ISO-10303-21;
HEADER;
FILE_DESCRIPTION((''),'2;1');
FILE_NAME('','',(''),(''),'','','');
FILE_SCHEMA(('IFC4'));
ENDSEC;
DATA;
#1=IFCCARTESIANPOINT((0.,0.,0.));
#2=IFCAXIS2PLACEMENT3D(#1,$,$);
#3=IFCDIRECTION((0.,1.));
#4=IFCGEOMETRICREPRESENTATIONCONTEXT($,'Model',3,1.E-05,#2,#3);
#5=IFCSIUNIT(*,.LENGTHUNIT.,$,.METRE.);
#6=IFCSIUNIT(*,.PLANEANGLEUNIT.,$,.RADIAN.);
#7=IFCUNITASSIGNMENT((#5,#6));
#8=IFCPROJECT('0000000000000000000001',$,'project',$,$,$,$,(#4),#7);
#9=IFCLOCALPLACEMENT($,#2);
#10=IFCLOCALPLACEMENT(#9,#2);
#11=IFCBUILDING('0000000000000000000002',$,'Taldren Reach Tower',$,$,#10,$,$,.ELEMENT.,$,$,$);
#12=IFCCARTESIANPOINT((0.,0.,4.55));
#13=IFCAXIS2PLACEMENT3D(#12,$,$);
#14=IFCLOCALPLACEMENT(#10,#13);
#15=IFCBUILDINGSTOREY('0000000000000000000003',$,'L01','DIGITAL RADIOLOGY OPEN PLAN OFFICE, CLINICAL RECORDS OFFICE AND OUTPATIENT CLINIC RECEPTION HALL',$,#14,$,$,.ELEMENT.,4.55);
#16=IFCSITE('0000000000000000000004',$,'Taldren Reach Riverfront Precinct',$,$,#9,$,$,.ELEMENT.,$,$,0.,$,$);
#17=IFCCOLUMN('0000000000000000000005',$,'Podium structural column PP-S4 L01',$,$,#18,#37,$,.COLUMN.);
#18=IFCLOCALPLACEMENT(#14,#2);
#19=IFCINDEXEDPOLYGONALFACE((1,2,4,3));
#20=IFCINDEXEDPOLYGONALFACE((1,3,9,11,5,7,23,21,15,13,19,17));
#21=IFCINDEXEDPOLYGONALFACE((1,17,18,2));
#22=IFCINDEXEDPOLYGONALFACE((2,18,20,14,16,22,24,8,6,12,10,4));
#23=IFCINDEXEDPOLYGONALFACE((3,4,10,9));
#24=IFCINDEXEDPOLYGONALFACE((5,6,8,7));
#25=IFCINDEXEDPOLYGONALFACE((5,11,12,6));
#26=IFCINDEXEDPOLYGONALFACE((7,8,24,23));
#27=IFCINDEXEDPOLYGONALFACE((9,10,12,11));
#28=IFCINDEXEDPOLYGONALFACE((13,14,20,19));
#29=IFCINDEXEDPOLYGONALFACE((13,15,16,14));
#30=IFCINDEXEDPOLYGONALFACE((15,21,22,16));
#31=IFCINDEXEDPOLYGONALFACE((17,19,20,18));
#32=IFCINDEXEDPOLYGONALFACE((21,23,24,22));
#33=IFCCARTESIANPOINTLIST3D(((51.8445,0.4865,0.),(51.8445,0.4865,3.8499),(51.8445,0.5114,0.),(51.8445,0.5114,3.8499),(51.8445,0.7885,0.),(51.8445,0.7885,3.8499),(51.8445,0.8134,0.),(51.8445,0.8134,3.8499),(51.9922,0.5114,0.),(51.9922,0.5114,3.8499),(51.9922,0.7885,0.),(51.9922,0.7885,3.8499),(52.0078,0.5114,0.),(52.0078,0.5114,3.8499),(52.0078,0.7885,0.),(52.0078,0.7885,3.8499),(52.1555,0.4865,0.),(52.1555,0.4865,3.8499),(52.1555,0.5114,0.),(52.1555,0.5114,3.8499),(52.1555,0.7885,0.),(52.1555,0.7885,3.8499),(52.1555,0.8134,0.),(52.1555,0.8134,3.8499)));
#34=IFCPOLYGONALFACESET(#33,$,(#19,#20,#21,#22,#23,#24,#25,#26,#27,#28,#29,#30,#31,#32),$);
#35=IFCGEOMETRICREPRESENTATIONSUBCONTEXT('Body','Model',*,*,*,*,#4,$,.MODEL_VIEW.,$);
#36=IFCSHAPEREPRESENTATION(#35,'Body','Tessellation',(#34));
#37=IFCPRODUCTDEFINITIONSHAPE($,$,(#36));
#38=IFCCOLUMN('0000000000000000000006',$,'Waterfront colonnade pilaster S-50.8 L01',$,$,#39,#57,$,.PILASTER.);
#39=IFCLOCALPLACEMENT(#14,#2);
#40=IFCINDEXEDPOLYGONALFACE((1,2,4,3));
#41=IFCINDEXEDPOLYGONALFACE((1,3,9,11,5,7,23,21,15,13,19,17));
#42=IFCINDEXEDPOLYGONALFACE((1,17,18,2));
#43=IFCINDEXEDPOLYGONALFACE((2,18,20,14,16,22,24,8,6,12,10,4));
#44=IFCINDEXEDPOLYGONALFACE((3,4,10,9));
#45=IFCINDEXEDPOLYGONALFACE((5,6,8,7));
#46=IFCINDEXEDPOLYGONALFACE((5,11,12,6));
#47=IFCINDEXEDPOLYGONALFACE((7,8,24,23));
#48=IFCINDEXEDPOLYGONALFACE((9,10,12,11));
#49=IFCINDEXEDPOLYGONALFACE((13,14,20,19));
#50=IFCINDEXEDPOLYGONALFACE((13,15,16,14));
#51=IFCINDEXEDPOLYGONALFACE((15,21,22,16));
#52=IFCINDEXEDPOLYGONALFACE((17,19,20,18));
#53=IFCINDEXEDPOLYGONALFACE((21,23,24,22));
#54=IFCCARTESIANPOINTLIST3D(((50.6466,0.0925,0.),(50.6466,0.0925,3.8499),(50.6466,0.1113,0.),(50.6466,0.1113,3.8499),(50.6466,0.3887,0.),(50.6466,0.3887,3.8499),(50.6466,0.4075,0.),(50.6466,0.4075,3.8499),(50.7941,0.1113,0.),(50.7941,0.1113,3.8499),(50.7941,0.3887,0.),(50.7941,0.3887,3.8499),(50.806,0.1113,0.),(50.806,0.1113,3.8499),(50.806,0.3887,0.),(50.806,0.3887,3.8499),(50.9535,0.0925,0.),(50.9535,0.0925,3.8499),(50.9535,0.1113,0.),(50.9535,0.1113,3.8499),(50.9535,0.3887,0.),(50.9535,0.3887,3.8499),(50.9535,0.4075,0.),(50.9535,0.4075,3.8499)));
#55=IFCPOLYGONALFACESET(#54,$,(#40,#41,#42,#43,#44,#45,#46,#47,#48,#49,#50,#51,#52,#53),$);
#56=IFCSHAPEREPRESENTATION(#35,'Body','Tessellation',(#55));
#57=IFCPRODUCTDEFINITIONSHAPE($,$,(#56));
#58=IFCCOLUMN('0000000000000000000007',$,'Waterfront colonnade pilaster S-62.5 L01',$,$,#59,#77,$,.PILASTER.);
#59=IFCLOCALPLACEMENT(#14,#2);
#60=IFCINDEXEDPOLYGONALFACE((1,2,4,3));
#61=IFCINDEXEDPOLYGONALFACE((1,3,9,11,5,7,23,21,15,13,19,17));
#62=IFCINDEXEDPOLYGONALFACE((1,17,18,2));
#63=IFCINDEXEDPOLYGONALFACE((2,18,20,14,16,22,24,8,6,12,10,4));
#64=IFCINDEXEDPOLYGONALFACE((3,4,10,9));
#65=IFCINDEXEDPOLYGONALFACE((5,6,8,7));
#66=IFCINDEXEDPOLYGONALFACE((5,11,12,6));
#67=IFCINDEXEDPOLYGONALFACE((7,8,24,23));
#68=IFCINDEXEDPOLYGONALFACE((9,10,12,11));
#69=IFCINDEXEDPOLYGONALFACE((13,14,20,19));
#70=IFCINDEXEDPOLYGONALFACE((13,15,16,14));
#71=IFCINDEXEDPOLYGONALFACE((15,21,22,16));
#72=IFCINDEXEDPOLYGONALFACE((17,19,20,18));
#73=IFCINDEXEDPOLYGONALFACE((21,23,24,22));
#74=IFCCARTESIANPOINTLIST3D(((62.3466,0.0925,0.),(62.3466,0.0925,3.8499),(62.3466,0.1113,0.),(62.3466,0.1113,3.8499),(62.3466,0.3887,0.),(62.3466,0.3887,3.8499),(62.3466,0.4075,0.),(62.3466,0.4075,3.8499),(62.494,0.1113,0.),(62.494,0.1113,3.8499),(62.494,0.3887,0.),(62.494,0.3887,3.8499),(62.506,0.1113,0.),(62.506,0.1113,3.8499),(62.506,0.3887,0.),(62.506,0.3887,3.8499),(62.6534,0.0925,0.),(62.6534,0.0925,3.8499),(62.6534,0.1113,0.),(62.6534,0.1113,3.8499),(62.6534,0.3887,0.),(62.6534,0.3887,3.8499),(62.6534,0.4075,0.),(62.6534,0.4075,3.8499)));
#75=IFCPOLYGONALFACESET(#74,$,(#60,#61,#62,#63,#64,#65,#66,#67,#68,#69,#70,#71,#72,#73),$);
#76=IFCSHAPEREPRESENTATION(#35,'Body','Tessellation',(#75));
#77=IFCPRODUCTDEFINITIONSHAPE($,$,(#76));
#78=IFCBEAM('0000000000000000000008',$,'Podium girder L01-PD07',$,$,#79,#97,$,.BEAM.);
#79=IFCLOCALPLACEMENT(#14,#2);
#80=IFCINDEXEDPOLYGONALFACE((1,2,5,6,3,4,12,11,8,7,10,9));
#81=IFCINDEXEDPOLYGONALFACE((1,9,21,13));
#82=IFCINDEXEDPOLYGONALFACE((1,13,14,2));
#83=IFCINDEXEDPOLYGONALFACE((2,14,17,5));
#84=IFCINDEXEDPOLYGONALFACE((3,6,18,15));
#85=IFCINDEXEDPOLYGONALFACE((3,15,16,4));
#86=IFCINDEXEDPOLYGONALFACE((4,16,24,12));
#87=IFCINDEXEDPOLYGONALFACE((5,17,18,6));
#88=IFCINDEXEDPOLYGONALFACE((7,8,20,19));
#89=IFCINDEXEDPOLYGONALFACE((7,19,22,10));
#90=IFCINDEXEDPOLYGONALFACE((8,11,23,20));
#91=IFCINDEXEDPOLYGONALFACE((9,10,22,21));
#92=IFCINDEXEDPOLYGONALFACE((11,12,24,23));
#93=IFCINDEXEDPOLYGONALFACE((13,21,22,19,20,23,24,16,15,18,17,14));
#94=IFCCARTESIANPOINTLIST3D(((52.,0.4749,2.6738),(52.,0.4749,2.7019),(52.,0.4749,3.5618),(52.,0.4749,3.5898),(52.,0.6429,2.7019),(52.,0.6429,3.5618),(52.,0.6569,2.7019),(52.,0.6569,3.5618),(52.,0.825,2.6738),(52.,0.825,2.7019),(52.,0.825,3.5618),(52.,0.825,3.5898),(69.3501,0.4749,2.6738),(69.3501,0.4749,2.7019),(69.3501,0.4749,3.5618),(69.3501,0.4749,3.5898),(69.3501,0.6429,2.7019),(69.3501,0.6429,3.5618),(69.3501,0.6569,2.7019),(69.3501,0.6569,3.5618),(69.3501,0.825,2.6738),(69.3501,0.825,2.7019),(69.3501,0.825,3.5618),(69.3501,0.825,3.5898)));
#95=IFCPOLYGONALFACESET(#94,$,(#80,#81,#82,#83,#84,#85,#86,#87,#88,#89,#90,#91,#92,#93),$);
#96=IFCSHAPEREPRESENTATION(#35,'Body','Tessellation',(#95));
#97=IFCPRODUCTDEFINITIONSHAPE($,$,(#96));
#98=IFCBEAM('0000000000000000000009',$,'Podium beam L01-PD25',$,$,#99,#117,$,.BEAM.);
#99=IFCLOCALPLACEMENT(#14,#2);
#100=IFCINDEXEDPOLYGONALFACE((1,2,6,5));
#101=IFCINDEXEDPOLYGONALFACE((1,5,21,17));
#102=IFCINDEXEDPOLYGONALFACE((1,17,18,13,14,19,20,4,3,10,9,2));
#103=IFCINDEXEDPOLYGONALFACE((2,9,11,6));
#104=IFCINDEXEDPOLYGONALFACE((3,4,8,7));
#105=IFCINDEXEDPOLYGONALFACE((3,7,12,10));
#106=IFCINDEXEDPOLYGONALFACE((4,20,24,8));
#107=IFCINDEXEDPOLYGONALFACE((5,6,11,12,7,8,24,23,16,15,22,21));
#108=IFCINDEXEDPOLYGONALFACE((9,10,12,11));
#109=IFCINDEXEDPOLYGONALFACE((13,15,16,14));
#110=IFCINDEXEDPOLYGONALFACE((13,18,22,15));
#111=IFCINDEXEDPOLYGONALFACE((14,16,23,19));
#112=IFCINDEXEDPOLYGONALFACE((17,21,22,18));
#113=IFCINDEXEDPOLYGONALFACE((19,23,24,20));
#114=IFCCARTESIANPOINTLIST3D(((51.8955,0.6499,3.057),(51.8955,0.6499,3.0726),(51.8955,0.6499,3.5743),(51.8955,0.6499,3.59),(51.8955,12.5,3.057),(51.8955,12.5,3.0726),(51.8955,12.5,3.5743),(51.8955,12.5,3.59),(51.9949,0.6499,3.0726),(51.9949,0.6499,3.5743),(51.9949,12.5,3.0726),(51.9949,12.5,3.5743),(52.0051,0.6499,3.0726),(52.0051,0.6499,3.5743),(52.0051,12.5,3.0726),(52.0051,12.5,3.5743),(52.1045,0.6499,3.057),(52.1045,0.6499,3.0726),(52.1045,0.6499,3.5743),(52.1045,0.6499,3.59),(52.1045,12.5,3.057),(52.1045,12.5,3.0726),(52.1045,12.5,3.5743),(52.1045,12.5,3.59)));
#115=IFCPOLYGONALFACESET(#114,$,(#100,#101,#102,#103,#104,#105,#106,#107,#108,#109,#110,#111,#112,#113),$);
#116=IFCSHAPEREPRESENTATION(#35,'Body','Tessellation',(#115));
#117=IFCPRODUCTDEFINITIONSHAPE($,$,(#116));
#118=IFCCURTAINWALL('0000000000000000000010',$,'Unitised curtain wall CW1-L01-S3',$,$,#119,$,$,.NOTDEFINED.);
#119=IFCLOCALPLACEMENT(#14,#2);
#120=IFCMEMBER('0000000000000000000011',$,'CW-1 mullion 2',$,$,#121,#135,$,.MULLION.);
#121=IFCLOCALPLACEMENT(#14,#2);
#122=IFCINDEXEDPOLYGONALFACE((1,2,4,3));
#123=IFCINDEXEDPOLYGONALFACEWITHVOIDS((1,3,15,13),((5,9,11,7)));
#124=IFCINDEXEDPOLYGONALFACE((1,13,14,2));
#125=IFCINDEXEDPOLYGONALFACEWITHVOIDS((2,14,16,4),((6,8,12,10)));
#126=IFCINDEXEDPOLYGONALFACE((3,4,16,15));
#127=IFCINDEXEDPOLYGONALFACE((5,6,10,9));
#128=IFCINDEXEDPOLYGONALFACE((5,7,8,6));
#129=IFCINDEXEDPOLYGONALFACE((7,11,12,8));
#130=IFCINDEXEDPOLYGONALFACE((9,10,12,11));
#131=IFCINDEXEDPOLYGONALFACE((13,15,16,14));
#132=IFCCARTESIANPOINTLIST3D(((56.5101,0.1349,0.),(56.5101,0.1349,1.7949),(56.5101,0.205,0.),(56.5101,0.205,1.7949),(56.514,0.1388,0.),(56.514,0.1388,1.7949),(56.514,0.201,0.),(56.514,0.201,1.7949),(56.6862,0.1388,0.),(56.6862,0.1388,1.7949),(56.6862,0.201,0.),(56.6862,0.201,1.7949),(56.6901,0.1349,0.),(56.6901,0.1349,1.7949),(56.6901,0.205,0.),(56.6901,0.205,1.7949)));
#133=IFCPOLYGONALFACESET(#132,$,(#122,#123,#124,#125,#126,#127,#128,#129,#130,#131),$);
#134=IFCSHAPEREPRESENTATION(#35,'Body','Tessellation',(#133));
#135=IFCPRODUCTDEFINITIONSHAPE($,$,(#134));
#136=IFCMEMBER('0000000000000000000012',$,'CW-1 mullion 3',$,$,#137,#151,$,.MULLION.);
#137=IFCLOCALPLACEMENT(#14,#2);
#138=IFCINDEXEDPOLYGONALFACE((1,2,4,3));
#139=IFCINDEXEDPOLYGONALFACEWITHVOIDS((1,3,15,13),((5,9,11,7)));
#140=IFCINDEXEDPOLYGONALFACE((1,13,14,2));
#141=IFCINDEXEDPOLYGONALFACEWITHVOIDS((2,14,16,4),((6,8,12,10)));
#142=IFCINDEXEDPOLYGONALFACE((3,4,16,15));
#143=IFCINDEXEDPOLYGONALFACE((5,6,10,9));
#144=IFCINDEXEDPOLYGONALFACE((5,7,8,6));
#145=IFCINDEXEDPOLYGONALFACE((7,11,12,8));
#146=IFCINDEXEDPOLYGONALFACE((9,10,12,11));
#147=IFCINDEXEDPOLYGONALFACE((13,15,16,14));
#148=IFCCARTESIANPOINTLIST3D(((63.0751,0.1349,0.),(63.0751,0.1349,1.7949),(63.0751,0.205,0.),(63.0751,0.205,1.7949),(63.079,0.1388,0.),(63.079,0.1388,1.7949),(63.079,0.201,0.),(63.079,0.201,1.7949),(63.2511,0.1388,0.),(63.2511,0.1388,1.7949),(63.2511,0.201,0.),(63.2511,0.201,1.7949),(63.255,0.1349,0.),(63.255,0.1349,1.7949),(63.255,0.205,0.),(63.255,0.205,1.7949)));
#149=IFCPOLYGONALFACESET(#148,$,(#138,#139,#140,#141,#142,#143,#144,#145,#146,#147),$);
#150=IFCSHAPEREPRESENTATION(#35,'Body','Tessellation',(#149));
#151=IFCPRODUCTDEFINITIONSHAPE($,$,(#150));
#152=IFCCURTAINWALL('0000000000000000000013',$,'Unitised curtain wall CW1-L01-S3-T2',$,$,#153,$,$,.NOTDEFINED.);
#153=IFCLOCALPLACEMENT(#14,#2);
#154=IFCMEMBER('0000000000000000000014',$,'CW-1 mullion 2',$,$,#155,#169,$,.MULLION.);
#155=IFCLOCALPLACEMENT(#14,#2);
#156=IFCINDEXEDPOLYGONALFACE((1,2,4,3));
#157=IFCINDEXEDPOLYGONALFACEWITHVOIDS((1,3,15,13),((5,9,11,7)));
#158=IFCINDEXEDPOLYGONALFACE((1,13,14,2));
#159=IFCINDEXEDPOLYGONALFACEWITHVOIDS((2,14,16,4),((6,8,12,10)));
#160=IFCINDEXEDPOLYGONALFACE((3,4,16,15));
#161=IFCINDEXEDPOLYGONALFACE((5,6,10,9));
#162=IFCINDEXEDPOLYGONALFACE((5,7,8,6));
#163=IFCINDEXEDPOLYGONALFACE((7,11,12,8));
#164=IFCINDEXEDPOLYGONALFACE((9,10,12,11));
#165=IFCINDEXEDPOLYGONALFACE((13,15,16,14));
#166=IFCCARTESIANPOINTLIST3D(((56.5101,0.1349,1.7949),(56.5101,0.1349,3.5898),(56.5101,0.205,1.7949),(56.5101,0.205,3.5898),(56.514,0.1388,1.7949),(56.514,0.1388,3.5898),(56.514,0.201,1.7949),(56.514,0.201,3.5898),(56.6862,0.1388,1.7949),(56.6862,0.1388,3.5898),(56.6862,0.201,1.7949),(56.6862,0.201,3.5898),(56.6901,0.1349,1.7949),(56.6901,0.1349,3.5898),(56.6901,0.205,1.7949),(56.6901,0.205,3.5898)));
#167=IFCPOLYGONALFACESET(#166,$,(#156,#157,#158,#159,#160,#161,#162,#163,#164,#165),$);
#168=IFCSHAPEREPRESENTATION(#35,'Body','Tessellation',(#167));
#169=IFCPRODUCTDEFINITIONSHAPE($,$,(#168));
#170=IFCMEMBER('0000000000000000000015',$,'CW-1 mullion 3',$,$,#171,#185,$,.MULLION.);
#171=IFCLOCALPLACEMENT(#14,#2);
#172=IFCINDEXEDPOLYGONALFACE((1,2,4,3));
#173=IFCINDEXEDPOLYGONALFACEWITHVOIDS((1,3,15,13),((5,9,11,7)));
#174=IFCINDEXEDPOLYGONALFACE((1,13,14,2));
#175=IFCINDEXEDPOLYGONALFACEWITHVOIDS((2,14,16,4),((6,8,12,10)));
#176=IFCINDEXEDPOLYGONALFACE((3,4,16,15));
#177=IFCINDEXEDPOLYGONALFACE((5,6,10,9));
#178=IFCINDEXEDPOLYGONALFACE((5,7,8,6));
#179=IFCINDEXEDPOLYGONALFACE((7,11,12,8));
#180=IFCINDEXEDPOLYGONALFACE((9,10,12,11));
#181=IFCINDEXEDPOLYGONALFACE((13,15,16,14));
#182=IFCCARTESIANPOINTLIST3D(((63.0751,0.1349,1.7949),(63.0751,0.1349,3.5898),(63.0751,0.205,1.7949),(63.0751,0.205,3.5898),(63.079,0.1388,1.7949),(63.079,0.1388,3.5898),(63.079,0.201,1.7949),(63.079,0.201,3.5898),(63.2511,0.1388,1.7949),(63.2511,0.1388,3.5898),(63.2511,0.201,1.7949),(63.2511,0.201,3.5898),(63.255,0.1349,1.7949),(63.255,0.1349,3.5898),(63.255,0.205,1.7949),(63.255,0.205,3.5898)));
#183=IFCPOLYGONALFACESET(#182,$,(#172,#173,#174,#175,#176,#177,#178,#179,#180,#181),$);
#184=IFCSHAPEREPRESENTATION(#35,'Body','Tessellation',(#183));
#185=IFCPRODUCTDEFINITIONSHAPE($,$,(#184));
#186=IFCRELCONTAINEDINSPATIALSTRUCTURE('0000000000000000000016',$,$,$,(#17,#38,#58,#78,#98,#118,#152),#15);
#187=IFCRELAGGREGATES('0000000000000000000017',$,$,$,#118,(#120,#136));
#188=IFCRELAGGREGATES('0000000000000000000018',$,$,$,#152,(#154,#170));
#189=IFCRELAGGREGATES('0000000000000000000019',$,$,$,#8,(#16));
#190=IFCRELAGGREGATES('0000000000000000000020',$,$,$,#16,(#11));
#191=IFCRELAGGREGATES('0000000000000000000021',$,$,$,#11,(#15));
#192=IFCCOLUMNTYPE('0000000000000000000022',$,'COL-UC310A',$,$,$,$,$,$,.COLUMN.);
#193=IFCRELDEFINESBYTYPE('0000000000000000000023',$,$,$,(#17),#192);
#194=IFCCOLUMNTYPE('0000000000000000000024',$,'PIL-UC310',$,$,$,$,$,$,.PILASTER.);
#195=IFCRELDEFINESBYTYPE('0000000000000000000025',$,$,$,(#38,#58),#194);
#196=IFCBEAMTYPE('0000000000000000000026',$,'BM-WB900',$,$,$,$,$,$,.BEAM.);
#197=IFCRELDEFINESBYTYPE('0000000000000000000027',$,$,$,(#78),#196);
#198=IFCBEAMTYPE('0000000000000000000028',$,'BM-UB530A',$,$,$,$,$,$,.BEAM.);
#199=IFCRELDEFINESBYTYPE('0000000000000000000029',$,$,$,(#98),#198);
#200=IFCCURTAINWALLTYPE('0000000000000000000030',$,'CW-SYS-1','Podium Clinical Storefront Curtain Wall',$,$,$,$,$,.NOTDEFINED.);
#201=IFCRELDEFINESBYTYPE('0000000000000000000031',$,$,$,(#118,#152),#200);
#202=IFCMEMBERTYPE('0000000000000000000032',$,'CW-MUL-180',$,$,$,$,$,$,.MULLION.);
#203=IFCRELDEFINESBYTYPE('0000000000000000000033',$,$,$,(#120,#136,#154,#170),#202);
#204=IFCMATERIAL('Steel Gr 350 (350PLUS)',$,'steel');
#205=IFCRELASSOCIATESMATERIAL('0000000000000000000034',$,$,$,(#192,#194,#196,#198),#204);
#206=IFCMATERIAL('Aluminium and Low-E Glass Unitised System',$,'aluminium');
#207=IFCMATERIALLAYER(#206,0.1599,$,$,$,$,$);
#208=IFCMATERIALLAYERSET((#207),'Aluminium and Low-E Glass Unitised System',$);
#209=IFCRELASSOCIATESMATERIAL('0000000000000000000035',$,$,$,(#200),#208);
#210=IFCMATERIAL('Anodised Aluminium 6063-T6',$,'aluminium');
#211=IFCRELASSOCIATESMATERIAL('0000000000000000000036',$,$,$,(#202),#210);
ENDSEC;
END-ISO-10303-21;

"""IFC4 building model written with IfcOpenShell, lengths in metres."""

from ifc_helpers import new_model, si_unit, direction, frame, origin, origin_2d, place, context, subcontext, project, spatial, hollow_rectangle, i_section, extrude, source, transform, mapped, material, layer, layer_set, material_profile, profile_set, type_object, element, aggregate, save


model = new_model("IFC4")

# Units and contexts
model_context = context("Model", 3, precision=1e-05, world=origin(), true_north=direction((0.0, 1.0)))
body_context = subcontext(model_context, "Body", "Model", "MODEL_VIEW")
ifc_project = project(units=[si_unit("LENGTHUNIT", "METRE"), si_unit("PLANEANGLEUNIT", "RADIAN")], contexts=[model_context])

# Site, building, storey
site_placement = place(None, origin())
site = spatial("IfcSite", under=ifc_project, at=site_placement, Name="Taldren Reach Riverfront Precinct", CompositionType="ELEMENT", RefElevation=0.0)
building_placement = place(site_placement, origin())
building = spatial("IfcBuilding", under=site, at=building_placement, Name="Taldren Reach Tower", CompositionType="ELEMENT")
storey_placement = place(building_placement, frame((0.0, 0.0, 4.55)))
storey = spatial("IfcBuildingStorey", under=building, at=storey_placement, Name="L01", Description="DIGITAL RADIOLOGY OPEN PLAN OFFICE, CLINICAL RECORDS OFFICE AND OUTPATIENT CLINIC RECEPTION HALL", CompositionType="ELEMENT", Elevation=4.55)

# Columns
ifc_material_1 = material(Name="Steel Gr 350 (350PLUS)", Category="steel")
ifc_material_profile_1 = material_profile(ifc_material_1, i_section(OverallWidth=0.311, OverallDepth=0.3269, WebThickness=0.0156, FlangeThickness=0.0249, at=origin_2d()), Name="310UC158")
ifc_profile_set_1 = profile_set([ifc_material_profile_1], Name="Steel Gr 350 (350PLUS)")
column_type_1 = type_object("IfcColumnType", Name="COL-UC310A", PredefinedType="COLUMN", material=ifc_profile_set_1)
shared_shape_1 = source(origin(), body_context, "Body", "SweptSolid", [
    extrude(i_section(OverallWidth=0.311, OverallDepth=0.3269, WebThickness=0.0156, FlangeThickness=0.0249, at=origin_2d()), origin(), (0.0, 0.0, 1.0), 3.8499),
])
column_placement = place(storey_placement, frame((52.0, 0.6499, 0.0), z_axis=(0.0, 0.0, 1.0), x_axis=(1.0, 0.0, 0.0)))
element("IfcColumn", 1, at=column_placement, inside=storey, type_object=column_type_1, Name="Podium structural column PP-S4 L01", PredefinedType="COLUMN", context=body_context, shape_type="MappedRepresentation", body=[
    mapped(shared_shape_1, transform((0.0, 0.0, 0.0), scale=1.0)),
])
ifc_material_profile_2 = material_profile(ifc_material_1, i_section(OverallWidth=0.3069, OverallDepth=0.3149, WebThickness=0.012, FlangeThickness=0.0188, at=origin_2d()), Name="310UC118")
ifc_profile_set_2 = profile_set([ifc_material_profile_2], Name="Steel Gr 350 (350PLUS)")
column_type_2 = type_object("IfcColumnType", Name="PIL-UC310", PredefinedType="PILASTER", material=ifc_profile_set_2)
shared_shape_2 = source(origin(), body_context, "Body", "SweptSolid", [
    extrude(i_section(OverallWidth=0.3069, OverallDepth=0.3149, WebThickness=0.012, FlangeThickness=0.0188, at=origin_2d()), origin(), (0.0, 0.0, 1.0), 3.8499),
])
for number, where, z_axis, x_axis, name in (
    (2, (50.8, 0.25, 0.0), (0.0, 0.0, 1.0), (1.0, 0.0, 0.0), "Waterfront colonnade pilaster S-50.8 L01"),
    (3, (62.5, 0.25, 0.0), (0.0, 0.0, 1.0), (1.0, 0.0, 0.0), "Waterfront colonnade pilaster S-62.5 L01"),
):
    element("IfcColumn", number, at=place(storey_placement, frame(where, z_axis=z_axis, x_axis=x_axis)), inside=storey, type_object=column_type_2, Name=name, PredefinedType="PILASTER", context=body_context, shape_type="MappedRepresentation", body=[
        mapped(shared_shape_2, transform((0.0, 0.0, 0.0), scale=1.0)),
    ])

# Beams
ifc_material_profile_3 = material_profile(ifc_material_1, i_section(OverallWidth=0.3501, OverallDepth=0.916, WebThickness=0.0139, FlangeThickness=0.0281, at=origin_2d()), Name="900WB257")
ifc_profile_set_3 = profile_set([ifc_material_profile_3], Name="Steel Gr 350 (350PLUS)")
beam_type_1 = type_object("IfcBeamType", Name="BM-WB900", PredefinedType="BEAM", material=ifc_profile_set_3)
shared_shape_3 = source(origin(), body_context, "Body", "SweptSolid", [
    extrude(i_section(OverallWidth=0.3501, OverallDepth=0.916, WebThickness=0.0139, FlangeThickness=0.0281, at=origin_2d()), origin(), (0.0, 0.0, 1.0), 17.3501),
])
beam_1_placement = place(storey_placement, frame((52.0, 0.6499, 3.1318), z_axis=(1.0, 0.0, 0.0), x_axis=(0.0, 1.0, 0.0)))
element("IfcBeam", 4, at=beam_1_placement, inside=storey, type_object=beam_type_1, Name="Podium girder L01-PD07", PredefinedType="BEAM", context=body_context, shape_type="MappedRepresentation", body=[
    mapped(shared_shape_3, transform((0.0, 0.0, 0.0), scale=1.0)),
])
ifc_material_profile_4 = material_profile(ifc_material_1, i_section(OverallWidth=0.209, OverallDepth=0.533, WebThickness=0.0103, FlangeThickness=0.0156, at=origin_2d()), Name="530UB92.4")
ifc_profile_set_4 = profile_set([ifc_material_profile_4], Name="Steel Gr 350 (350PLUS)")
beam_type_2 = type_object("IfcBeamType", Name="BM-UB530A", PredefinedType="BEAM", material=ifc_profile_set_4)
shared_shape_4 = source(origin(), body_context, "Body", "SweptSolid", [
    extrude(i_section(OverallWidth=0.209, OverallDepth=0.533, WebThickness=0.0103, FlangeThickness=0.0156, at=origin_2d()), origin(), (0.0, 0.0, 1.0), 11.8501),
])
beam_2_placement = place(storey_placement, frame((52.0, 0.6499, 3.3235), z_axis=(0.0, 1.0, 0.0), x_axis=(-1.0, 0.0, 0.0)))
element("IfcBeam", 5, at=beam_2_placement, inside=storey, type_object=beam_type_2, Name="Podium beam L01-PD25", PredefinedType="BEAM", context=body_context, shape_type="MappedRepresentation", body=[
    mapped(shared_shape_4, transform((0.0, 0.0, 0.0), scale=1.0)),
])

# Curtain walls, members
ifc_material_2 = material(Name="Aluminium and Low-E Glass Unitised System", Category="aluminium")
ifc_layer_1 = layer(ifc_material_2, 0.1599)
ifc_layer_set_1 = layer_set([ifc_layer_1], Name="Aluminium and Low-E Glass Unitised System")
curtain_wall_type = type_object("IfcCurtainWallType", Name="CW-SYS-1", Description="Podium Clinical Storefront Curtain Wall", PredefinedType="NOTDEFINED", material=ifc_layer_set_1)
curtain_wall_1_placement = place(storey_placement, origin())
curtain_wall_1 = element("IfcCurtainWall", 6, at=curtain_wall_1_placement, inside=storey, type_object=curtain_wall_type, Name="Unitised curtain wall CW1-L01-S3", PredefinedType="NOTDEFINED")
ifc_material_3 = material(Name="Anodised Aluminium 6063-T6", Category="aluminium")
ifc_material_profile_5 = material_profile(ifc_material_3, hollow_rectangle(XDim=0.0701, YDim=0.1799, WallThickness=0.0039, at=origin_2d()), Name="ALU-180x70x4RHS")
ifc_profile_set_5 = profile_set([ifc_material_profile_5], Name="Anodised Aluminium 6063-T6")
member_type_1 = type_object("IfcMemberType", Name="CW-MUL-180", PredefinedType="MULLION", material=ifc_profile_set_5)
shared_shape_5 = source(origin(), body_context, "Body", "SweptSolid", [
    extrude(hollow_rectangle(XDim=0.0701, YDim=0.1799, WallThickness=0.0039, at=origin_2d()), origin(), (0.0, 0.0, 1.0), 1.7949),
])
member_1_placement = place(storey_placement, frame((56.6001, 0.1699, 0.0), z_axis=(0.0, 0.0, 1.0), x_axis=(0.0, 1.0, 0.0)))
member_1 = element("IfcMember", 7, at=member_1_placement, type_object=member_type_1, Name="CW-1 mullion 2", PredefinedType="MULLION", context=body_context, shape_type="MappedRepresentation", body=[
    mapped(shared_shape_5, transform((0.0, 0.0, 0.0), scale=1.0)),
])
member_2_placement = place(storey_placement, frame((63.165, 0.1699, 0.0), z_axis=(0.0, 0.0, 1.0), x_axis=(0.0, 1.0, 0.0)))
member_2 = element("IfcMember", 8, at=member_2_placement, type_object=member_type_1, Name="CW-1 mullion 3", PredefinedType="MULLION", context=body_context, shape_type="MappedRepresentation", body=[
    mapped(shared_shape_5, transform((0.0, 0.0, 0.0), scale=1.0)),
])
curtain_wall_2_placement = place(storey_placement, origin())
curtain_wall_2 = element("IfcCurtainWall", 9, at=curtain_wall_2_placement, inside=storey, type_object=curtain_wall_type, Name="Unitised curtain wall CW1-L01-S3-T2", PredefinedType="NOTDEFINED")
member_3_placement = place(storey_placement, frame((56.6001, 0.1699, 1.7949), z_axis=(0.0, 0.0, 1.0), x_axis=(0.0, 1.0, 0.0)))
member_3 = element("IfcMember", 10, at=member_3_placement, type_object=member_type_1, Name="CW-1 mullion 2", PredefinedType="MULLION", context=body_context, shape_type="MappedRepresentation", body=[
    mapped(shared_shape_5, transform((0.0, 0.0, 0.0), scale=1.0)),
])
member_4_placement = place(storey_placement, frame((63.165, 0.1699, 1.7949), z_axis=(0.0, 0.0, 1.0), x_axis=(0.0, 1.0, 0.0)))
member_4 = element("IfcMember", 11, at=member_4_placement, type_object=member_type_1, Name="CW-1 mullion 3", PredefinedType="MULLION", context=body_context, shape_type="MappedRepresentation", body=[
    mapped(shared_shape_5, transform((0.0, 0.0, 0.0), scale=1.0)),
])

aggregate(curtain_wall_1, [member_1, member_2])
aggregate(curtain_wall_2, [member_3, member_4])

save(model, "model.ifc")
